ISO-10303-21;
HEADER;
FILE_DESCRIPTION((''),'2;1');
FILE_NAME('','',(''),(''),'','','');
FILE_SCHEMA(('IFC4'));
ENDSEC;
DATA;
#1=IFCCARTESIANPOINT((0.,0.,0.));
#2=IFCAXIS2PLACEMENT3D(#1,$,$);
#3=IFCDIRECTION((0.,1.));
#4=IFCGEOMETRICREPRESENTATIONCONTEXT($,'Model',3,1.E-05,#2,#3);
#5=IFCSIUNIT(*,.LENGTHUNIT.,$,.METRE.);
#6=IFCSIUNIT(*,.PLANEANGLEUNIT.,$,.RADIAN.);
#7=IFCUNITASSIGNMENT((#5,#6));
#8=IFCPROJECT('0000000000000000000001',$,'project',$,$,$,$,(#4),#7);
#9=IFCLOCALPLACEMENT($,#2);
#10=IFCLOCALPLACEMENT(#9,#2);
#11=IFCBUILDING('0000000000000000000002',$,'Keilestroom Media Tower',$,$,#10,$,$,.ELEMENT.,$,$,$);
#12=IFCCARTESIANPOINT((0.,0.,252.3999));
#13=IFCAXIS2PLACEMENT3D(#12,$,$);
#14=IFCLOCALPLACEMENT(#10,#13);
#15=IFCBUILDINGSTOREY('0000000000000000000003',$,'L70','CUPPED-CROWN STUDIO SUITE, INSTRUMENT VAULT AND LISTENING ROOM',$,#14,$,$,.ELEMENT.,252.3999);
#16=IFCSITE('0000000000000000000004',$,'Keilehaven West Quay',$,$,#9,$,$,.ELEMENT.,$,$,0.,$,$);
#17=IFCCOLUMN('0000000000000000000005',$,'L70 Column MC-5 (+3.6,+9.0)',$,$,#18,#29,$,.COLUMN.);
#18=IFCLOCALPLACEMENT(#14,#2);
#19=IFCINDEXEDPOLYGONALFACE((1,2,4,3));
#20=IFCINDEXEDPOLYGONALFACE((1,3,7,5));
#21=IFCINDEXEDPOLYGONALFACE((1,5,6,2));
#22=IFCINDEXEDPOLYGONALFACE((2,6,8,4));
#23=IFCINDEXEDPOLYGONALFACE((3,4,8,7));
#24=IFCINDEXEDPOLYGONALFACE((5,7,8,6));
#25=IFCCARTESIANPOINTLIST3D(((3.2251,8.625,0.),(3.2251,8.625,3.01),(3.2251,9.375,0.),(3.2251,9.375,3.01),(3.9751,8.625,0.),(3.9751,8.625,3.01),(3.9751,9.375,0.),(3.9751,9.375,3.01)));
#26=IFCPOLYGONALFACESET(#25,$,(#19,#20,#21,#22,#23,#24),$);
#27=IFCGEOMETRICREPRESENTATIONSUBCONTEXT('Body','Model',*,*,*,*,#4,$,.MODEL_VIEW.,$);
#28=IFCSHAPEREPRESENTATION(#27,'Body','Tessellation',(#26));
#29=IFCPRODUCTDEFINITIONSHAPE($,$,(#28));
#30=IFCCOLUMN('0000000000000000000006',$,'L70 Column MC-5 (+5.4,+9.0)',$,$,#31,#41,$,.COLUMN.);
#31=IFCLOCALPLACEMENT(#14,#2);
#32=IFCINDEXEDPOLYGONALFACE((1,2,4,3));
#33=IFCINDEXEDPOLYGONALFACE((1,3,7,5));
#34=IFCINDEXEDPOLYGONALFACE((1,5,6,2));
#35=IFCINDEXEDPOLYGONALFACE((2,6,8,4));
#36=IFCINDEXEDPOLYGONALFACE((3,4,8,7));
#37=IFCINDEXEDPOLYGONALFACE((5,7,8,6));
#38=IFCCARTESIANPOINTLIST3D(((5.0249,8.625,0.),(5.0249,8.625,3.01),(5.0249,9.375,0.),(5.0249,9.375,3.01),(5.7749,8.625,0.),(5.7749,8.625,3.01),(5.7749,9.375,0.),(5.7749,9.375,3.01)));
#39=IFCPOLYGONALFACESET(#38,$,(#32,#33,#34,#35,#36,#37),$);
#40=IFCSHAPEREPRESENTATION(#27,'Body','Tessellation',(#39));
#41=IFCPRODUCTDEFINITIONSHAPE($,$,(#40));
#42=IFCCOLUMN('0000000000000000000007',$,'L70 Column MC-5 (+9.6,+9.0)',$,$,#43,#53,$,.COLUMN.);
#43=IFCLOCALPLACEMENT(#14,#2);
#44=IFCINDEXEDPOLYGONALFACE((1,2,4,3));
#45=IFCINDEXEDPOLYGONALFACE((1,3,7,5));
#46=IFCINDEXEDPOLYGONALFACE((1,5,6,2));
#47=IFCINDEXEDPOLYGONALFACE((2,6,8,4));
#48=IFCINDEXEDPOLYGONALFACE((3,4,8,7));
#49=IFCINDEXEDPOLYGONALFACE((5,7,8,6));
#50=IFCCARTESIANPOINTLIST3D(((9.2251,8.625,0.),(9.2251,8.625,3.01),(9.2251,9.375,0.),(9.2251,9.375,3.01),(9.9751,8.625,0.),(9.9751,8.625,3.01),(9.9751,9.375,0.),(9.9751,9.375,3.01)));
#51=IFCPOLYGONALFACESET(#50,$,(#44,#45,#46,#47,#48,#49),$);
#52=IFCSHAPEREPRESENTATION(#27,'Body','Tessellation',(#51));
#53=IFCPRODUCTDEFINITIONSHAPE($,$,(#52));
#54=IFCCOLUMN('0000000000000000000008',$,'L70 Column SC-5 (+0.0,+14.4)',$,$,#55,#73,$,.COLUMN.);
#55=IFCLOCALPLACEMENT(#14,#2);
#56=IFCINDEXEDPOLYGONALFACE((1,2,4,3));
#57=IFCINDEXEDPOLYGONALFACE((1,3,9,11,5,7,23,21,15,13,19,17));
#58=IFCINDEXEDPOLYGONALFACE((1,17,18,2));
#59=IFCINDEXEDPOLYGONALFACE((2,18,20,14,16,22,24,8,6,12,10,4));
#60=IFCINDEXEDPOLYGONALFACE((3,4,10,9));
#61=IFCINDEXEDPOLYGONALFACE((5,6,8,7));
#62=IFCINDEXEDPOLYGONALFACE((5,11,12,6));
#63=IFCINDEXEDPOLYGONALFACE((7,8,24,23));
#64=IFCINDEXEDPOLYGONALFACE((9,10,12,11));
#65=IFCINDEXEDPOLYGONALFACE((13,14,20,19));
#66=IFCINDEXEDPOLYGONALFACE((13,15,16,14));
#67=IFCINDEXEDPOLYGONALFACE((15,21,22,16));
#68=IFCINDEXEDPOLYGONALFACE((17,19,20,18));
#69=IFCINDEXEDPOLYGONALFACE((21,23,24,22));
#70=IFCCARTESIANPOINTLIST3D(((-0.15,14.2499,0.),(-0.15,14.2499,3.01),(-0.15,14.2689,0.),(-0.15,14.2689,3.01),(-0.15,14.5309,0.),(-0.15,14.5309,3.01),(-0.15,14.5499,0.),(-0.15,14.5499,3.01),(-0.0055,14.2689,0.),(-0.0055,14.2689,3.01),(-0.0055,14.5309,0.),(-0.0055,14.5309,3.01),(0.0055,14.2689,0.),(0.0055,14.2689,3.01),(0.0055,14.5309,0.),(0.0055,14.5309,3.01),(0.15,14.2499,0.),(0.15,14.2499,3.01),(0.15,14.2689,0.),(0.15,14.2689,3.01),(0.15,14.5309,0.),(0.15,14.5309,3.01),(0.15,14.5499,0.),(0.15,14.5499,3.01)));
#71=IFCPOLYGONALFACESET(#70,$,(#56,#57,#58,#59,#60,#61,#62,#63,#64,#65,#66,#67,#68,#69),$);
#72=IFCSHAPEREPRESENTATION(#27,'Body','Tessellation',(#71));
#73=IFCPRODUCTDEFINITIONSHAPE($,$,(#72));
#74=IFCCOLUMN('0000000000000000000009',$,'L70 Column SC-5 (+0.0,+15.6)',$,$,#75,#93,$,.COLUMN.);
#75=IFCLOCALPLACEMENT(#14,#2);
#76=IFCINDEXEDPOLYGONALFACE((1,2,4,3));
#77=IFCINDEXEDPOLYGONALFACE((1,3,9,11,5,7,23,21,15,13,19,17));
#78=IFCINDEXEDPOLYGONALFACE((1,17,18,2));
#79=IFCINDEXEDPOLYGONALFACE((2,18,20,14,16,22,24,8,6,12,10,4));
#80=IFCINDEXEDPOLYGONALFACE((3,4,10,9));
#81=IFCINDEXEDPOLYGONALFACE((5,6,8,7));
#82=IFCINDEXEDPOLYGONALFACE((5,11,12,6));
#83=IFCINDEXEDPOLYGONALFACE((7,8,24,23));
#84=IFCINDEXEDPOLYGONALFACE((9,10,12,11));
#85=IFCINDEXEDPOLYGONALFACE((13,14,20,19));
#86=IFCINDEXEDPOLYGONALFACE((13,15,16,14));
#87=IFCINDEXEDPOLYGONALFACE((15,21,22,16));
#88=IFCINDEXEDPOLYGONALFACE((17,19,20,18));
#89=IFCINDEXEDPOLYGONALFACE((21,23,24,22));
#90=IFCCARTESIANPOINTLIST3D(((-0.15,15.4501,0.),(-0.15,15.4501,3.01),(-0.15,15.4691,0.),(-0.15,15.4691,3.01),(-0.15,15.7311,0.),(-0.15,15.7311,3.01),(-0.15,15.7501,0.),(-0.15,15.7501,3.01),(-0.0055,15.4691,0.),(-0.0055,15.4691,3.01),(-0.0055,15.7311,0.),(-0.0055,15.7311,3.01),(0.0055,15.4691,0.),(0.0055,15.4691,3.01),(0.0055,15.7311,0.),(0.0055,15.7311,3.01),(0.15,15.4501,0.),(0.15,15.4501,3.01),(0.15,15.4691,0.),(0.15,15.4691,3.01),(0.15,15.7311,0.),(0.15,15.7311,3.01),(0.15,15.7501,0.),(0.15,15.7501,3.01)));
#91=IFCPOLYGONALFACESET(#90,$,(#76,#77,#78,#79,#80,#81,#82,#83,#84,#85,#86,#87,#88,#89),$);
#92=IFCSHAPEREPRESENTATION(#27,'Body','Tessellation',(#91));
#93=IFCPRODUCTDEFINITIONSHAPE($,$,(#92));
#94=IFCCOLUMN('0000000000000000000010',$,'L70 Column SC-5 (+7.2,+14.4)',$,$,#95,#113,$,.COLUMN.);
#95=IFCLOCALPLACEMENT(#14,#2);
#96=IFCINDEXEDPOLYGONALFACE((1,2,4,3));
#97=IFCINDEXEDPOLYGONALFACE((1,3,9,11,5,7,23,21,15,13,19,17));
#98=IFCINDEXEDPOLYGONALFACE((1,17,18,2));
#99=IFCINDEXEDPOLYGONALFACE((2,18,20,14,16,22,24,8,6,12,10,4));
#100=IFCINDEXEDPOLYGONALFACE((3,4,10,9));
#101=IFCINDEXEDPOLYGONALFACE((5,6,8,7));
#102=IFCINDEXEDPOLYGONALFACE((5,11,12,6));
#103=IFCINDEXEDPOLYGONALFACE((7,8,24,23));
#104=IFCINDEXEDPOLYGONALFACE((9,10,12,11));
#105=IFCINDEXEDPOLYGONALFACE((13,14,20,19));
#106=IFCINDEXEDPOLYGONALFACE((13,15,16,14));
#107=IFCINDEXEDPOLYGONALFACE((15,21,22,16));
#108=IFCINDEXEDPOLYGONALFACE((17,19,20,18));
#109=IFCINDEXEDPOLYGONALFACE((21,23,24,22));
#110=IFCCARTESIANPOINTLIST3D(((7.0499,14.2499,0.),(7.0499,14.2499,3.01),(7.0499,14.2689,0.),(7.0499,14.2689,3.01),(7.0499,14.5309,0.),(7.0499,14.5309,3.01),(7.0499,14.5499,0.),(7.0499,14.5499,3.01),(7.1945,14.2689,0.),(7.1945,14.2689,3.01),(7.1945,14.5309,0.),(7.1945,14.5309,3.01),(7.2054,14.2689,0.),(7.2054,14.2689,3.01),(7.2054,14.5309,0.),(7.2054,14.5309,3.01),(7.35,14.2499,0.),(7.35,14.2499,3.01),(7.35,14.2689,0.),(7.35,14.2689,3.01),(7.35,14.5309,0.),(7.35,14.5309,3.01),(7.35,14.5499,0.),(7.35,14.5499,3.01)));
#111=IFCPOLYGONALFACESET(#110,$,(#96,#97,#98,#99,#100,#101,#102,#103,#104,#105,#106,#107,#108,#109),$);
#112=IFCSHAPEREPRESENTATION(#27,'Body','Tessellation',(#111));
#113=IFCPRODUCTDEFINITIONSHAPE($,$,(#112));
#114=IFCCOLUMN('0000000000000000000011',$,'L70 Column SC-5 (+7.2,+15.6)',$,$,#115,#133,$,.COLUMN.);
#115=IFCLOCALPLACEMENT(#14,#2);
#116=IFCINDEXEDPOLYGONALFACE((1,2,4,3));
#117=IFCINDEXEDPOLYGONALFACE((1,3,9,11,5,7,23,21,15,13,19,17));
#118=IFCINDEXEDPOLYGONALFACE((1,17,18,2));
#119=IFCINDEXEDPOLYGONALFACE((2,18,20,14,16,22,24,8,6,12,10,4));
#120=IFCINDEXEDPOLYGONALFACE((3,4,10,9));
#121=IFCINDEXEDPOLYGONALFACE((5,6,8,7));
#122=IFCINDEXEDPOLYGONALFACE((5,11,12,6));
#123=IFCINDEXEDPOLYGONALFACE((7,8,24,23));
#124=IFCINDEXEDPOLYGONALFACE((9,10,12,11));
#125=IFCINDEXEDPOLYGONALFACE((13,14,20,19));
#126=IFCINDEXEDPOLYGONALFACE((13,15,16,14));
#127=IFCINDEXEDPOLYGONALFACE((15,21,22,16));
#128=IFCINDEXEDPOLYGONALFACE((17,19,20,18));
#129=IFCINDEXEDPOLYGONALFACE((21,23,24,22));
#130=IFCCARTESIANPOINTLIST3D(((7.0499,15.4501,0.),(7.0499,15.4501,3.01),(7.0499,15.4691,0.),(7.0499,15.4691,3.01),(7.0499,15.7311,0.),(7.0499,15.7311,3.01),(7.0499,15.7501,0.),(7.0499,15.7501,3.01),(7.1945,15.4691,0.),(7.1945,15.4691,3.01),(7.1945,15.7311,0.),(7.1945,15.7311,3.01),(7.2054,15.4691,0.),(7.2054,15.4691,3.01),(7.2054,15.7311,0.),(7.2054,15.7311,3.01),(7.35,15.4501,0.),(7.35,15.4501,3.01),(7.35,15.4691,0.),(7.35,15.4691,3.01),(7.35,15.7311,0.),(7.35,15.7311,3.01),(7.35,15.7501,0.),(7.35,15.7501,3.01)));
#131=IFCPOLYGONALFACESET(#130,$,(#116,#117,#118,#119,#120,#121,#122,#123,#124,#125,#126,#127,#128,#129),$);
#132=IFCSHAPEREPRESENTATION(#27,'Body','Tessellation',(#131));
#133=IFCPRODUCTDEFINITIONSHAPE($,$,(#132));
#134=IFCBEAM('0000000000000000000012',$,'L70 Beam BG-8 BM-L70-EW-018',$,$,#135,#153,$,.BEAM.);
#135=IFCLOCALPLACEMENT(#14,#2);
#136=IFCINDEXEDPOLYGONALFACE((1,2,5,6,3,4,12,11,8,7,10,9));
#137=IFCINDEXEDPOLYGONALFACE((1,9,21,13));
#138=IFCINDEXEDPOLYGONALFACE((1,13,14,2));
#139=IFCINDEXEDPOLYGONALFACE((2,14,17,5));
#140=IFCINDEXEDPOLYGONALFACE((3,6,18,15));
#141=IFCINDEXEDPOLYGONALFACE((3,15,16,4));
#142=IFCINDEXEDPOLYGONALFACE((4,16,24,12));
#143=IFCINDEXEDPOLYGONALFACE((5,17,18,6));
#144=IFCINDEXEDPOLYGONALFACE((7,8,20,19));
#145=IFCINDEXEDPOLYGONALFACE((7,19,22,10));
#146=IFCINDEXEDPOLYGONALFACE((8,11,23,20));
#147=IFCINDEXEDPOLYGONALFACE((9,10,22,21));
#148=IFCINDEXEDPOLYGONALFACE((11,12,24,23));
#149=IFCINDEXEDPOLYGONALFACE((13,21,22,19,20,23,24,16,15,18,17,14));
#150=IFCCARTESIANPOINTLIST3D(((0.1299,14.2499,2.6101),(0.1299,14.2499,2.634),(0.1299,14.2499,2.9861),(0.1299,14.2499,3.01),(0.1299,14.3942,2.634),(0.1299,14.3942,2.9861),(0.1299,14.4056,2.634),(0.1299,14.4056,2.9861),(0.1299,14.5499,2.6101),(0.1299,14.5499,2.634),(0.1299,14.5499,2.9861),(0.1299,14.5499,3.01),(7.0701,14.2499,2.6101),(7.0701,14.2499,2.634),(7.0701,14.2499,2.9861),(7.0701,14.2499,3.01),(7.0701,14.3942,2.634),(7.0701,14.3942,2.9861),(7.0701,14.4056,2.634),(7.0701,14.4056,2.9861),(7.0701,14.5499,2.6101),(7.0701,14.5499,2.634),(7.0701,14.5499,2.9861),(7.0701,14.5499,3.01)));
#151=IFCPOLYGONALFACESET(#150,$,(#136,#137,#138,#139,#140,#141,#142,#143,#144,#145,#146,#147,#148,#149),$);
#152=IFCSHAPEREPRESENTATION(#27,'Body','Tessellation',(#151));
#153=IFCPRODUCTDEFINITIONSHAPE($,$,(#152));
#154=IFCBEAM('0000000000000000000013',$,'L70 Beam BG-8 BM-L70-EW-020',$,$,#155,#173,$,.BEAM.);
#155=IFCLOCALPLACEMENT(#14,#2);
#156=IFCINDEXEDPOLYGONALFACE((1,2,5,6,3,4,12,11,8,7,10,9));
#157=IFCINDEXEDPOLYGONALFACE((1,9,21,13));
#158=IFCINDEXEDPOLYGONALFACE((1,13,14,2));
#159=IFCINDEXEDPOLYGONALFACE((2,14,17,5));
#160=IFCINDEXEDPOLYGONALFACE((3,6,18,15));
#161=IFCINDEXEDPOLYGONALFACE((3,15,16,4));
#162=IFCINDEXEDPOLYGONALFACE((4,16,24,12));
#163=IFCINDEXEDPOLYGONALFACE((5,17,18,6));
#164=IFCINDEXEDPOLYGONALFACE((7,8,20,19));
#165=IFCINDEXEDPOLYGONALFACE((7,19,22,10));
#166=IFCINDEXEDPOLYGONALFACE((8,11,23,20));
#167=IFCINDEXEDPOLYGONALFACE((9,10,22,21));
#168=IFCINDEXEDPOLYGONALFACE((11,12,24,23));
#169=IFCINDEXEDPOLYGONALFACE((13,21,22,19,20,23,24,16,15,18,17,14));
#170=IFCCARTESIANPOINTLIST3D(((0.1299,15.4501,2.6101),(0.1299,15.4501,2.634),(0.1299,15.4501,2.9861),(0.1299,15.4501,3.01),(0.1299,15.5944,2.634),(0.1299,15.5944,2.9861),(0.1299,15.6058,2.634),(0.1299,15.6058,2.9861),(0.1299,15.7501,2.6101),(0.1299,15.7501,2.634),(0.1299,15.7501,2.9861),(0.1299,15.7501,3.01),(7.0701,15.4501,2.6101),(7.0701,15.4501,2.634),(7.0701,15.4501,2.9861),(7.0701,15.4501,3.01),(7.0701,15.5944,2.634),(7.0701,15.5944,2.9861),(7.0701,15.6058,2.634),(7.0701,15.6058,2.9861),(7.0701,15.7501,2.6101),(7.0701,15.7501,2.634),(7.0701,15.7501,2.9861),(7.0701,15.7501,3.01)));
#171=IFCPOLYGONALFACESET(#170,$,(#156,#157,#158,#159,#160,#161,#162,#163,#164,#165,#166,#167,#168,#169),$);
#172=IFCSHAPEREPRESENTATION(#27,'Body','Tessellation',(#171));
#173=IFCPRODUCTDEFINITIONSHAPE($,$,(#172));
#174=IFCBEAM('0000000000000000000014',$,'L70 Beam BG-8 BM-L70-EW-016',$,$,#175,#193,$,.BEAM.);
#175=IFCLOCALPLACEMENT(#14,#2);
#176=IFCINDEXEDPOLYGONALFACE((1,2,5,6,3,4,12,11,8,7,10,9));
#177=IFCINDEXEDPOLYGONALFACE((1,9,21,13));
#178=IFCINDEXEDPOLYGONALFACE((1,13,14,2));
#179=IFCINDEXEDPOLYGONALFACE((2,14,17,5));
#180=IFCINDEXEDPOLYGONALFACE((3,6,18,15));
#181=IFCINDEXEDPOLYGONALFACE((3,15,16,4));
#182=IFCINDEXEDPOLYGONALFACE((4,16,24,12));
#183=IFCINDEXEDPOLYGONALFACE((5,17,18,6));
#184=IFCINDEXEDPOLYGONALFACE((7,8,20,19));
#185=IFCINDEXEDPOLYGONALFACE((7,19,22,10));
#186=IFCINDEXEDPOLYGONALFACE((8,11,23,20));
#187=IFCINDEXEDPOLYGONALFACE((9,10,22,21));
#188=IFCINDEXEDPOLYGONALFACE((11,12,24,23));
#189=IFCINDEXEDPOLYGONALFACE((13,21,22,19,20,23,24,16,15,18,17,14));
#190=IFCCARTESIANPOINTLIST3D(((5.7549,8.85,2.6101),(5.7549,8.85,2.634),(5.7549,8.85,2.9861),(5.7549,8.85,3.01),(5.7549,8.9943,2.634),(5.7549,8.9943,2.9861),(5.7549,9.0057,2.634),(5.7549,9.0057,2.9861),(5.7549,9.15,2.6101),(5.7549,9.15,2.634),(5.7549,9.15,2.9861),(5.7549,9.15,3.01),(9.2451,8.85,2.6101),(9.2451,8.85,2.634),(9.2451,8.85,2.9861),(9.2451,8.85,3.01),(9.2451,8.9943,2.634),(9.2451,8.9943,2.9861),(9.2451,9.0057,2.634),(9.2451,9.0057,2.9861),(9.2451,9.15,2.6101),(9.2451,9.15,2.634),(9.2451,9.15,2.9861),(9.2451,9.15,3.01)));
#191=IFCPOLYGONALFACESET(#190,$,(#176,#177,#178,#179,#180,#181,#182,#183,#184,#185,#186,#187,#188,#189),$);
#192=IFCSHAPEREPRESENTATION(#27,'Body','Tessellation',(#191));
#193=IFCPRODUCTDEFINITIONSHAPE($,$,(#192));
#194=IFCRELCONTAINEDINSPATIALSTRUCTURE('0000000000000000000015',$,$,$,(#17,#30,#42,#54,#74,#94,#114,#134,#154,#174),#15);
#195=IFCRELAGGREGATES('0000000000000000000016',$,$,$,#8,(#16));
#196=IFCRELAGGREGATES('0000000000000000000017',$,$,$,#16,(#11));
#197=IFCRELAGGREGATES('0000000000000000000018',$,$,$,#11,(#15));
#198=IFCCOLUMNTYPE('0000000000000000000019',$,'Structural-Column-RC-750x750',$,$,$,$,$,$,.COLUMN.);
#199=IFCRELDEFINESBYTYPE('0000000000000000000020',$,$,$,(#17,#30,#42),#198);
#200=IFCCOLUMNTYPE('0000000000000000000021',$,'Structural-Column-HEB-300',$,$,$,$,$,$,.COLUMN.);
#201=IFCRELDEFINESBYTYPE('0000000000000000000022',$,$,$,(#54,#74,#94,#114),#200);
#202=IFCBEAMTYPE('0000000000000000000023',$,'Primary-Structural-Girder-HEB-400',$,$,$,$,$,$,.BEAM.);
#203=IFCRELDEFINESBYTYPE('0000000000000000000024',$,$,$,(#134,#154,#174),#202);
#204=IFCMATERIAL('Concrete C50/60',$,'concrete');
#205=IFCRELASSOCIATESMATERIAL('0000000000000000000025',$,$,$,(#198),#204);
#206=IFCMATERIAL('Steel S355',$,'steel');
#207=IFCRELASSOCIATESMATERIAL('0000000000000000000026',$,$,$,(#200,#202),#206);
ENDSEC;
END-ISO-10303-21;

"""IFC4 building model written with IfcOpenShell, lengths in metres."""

from ifc_helpers import new_model, si_unit, direction, frame, origin, origin_2d, place, context, subcontext, project, spatial, rectangle, i_section, extrude, source, transform, mapped, material, material_profile, profile_set, type_object, element, save


model = new_model("IFC4")

# Units and contexts
model_context = context("Model", 3, precision=1e-05, world=origin(), true_north=direction((0.0, 1.0)))
body_context = subcontext(model_context, "Body", "Model", "MODEL_VIEW")
ifc_project = project(units=[si_unit("LENGTHUNIT", "METRE"), si_unit("PLANEANGLEUNIT", "RADIAN")], contexts=[model_context])

# Site, building, storey
site_placement = place(None, origin())
site = spatial("IfcSite", under=ifc_project, at=site_placement, Name="Keilehaven West Quay", CompositionType="ELEMENT", RefElevation=0.0)
building_placement = place(site_placement, origin())
building = spatial("IfcBuilding", under=site, at=building_placement, Name="Keilestroom Media Tower", CompositionType="ELEMENT")
storey_placement = place(building_placement, frame((0.0, 0.0, 252.3999)))
storey = spatial("IfcBuildingStorey", under=building, at=storey_placement, Name="L70", Description="CUPPED-CROWN STUDIO SUITE, INSTRUMENT VAULT AND LISTENING ROOM", CompositionType="ELEMENT", Elevation=252.3999)

# Columns
ifc_material_1 = material(Name="Concrete C50/60", Category="concrete")
ifc_material_profile_1 = material_profile(ifc_material_1, rectangle(XDim=0.75, YDim=0.75, at=origin_2d()), Name="RC 750x750")
ifc_profile_set_1 = profile_set([ifc_material_profile_1], Name="Concrete C50/60")
column_type_1 = type_object("IfcColumnType", Name="Structural-Column-RC-750x750", PredefinedType="COLUMN", material=ifc_profile_set_1)
shared_shape_1 = source(origin(), body_context, "Body", "SweptSolid", [
    extrude(rectangle(XDim=0.75, YDim=0.75, at=origin_2d()), origin(), (0.0, 0.0, 1.0), 3.01),
])
for number, where, z_axis, x_axis, name in (
    (1, (3.6001, 9.0, 0.0), (0.0, 0.0, 1.0), (1.0, 0.0, 0.0), "L70 Column MC-5 (+3.6,+9.0)"),
    (2, (5.3999, 9.0, 0.0), (0.0, 0.0, 1.0), (1.0, 0.0, 0.0), "L70 Column MC-5 (+5.4,+9.0)"),
    (3, (9.6001, 9.0, 0.0), (0.0, 0.0, 1.0), (1.0, 0.0, 0.0), "L70 Column MC-5 (+9.6,+9.0)"),
):
    element("IfcColumn", number, at=place(storey_placement, frame(where, z_axis=z_axis, x_axis=x_axis)), inside=storey, type_object=column_type_1, Name=name, PredefinedType="COLUMN", context=body_context, shape_type="MappedRepresentation", body=[
        mapped(shared_shape_1, transform((0.0, 0.0, 0.0), x_axis=(1.0, 0.0, 0.0), y_axis=(0.0, 1.0, 0.0), z_axis=(0.0, 0.0, 1.0), scale=1.0)),
    ])
ifc_material_2 = material(Name="Steel S355", Category="steel")
ifc_material_profile_2 = material_profile(ifc_material_2, i_section(OverallWidth=0.3, OverallDepth=0.3, WebThickness=0.011, FlangeThickness=0.019, at=origin_2d()), Name="HEB 300")
ifc_profile_set_2 = profile_set([ifc_material_profile_2], Name="Steel S355")
column_type_2 = type_object("IfcColumnType", Name="Structural-Column-HEB-300", PredefinedType="COLUMN", material=ifc_profile_set_2)
shared_shape_2 = source(origin(), body_context, "Body", "SweptSolid", [
    extrude(i_section(OverallWidth=0.3, OverallDepth=0.3, WebThickness=0.011, FlangeThickness=0.019, at=origin_2d()), origin(), (0.0, 0.0, 1.0), 3.01),
])
for number, where, z_axis, x_axis, name in (
    (4, (0.0, 14.3999, 0.0), (0.0, 0.0, 1.0), (1.0, 0.0, 0.0), "L70 Column SC-5 (+0.0,+14.4)"),
    (5, (0.0, 15.6001, 0.0), (0.0, 0.0, 1.0), (1.0, 0.0, 0.0), "L70 Column SC-5 (+0.0,+15.6)"),
    (6, (7.2, 14.3999, 0.0), (0.0, 0.0, 1.0), (1.0, 0.0, 0.0), "L70 Column SC-5 (+7.2,+14.4)"),
    (7, (7.2, 15.6001, 0.0), (0.0, 0.0, 1.0), (1.0, 0.0, 0.0), "L70 Column SC-5 (+7.2,+15.6)"),
):
    element("IfcColumn", number, at=place(storey_placement, frame(where, z_axis=z_axis, x_axis=x_axis)), inside=storey, type_object=column_type_2, Name=name, PredefinedType="COLUMN", context=body_context, shape_type="MappedRepresentation", body=[
        mapped(shared_shape_2, transform((0.0, 0.0, 0.0), x_axis=(1.0, 0.0, 0.0), y_axis=(0.0, 1.0, 0.0), z_axis=(0.0, 0.0, 1.0), scale=1.0)),
    ])

# Beams
ifc_material_profile_3 = material_profile(ifc_material_2, i_section(OverallWidth=0.3, OverallDepth=0.3999, WebThickness=0.0115, FlangeThickness=0.0239, at=origin_2d()), Name="HEB 400")
ifc_profile_set_3 = profile_set([ifc_material_profile_3], Name="Steel S355")
beam_type = type_object("IfcBeamType", Name="Primary-Structural-Girder-HEB-400", PredefinedType="BEAM", material=ifc_profile_set_3)
shared_shape_3 = source(origin(), body_context, "Body", "SweptSolid", [
    extrude(i_section(OverallWidth=0.3, OverallDepth=0.3999, WebThickness=0.0115, FlangeThickness=0.0239, at=origin_2d()), origin(), (0.0, 0.0, 1.0), 6.9402),
])
for number, where, z_axis, x_axis, name in (
    (8, (0.1299, 14.3999, 2.8101), (1.0, 0.0, 0.0), (0.0, 1.0, 0.0), "L70 Beam BG-8 BM-L70-EW-018"),
    (9, (0.1299, 15.6001, 2.8101), (1.0, 0.0, 0.0), (0.0, 1.0, 0.0), "L70 Beam BG-8 BM-L70-EW-020"),
):
    element("IfcBeam", number, at=place(storey_placement, frame(where, z_axis=z_axis, x_axis=x_axis)), inside=storey, type_object=beam_type, Name=name, PredefinedType="BEAM", context=body_context, shape_type="MappedRepresentation", body=[
        mapped(shared_shape_3, transform((0.0, 0.0, 0.0), x_axis=(1.0, 0.0, 0.0), y_axis=(0.0, 1.0, 0.0), z_axis=(0.0, 0.0, 1.0), scale=1.0)),
    ])
shared_shape_4 = source(origin(), body_context, "Body", "SweptSolid", [
    extrude(i_section(OverallWidth=0.3, OverallDepth=0.3999, WebThickness=0.0115, FlangeThickness=0.0239, at=origin_2d()), origin(), (0.0, 0.0, 1.0), 3.4902),
])
beam_1_placement = place(storey_placement, frame((5.7549, 9.0, 2.8101), z_axis=(1.0, 0.0, 0.0), x_axis=(0.0, 1.0, 0.0)))
element("IfcBeam", 10, at=beam_1_placement, inside=storey, type_object=beam_type, Name="L70 Beam BG-8 BM-L70-EW-016", PredefinedType="BEAM", context=body_context, shape_type="MappedRepresentation", body=[
    mapped(shared_shape_4, transform((0.0, 0.0, 0.0), x_axis=(1.0, 0.0, 0.0), y_axis=(0.0, 1.0, 0.0), z_axis=(0.0, 0.0, 1.0), scale=1.0)),
])

save(model, "model.ifc")
